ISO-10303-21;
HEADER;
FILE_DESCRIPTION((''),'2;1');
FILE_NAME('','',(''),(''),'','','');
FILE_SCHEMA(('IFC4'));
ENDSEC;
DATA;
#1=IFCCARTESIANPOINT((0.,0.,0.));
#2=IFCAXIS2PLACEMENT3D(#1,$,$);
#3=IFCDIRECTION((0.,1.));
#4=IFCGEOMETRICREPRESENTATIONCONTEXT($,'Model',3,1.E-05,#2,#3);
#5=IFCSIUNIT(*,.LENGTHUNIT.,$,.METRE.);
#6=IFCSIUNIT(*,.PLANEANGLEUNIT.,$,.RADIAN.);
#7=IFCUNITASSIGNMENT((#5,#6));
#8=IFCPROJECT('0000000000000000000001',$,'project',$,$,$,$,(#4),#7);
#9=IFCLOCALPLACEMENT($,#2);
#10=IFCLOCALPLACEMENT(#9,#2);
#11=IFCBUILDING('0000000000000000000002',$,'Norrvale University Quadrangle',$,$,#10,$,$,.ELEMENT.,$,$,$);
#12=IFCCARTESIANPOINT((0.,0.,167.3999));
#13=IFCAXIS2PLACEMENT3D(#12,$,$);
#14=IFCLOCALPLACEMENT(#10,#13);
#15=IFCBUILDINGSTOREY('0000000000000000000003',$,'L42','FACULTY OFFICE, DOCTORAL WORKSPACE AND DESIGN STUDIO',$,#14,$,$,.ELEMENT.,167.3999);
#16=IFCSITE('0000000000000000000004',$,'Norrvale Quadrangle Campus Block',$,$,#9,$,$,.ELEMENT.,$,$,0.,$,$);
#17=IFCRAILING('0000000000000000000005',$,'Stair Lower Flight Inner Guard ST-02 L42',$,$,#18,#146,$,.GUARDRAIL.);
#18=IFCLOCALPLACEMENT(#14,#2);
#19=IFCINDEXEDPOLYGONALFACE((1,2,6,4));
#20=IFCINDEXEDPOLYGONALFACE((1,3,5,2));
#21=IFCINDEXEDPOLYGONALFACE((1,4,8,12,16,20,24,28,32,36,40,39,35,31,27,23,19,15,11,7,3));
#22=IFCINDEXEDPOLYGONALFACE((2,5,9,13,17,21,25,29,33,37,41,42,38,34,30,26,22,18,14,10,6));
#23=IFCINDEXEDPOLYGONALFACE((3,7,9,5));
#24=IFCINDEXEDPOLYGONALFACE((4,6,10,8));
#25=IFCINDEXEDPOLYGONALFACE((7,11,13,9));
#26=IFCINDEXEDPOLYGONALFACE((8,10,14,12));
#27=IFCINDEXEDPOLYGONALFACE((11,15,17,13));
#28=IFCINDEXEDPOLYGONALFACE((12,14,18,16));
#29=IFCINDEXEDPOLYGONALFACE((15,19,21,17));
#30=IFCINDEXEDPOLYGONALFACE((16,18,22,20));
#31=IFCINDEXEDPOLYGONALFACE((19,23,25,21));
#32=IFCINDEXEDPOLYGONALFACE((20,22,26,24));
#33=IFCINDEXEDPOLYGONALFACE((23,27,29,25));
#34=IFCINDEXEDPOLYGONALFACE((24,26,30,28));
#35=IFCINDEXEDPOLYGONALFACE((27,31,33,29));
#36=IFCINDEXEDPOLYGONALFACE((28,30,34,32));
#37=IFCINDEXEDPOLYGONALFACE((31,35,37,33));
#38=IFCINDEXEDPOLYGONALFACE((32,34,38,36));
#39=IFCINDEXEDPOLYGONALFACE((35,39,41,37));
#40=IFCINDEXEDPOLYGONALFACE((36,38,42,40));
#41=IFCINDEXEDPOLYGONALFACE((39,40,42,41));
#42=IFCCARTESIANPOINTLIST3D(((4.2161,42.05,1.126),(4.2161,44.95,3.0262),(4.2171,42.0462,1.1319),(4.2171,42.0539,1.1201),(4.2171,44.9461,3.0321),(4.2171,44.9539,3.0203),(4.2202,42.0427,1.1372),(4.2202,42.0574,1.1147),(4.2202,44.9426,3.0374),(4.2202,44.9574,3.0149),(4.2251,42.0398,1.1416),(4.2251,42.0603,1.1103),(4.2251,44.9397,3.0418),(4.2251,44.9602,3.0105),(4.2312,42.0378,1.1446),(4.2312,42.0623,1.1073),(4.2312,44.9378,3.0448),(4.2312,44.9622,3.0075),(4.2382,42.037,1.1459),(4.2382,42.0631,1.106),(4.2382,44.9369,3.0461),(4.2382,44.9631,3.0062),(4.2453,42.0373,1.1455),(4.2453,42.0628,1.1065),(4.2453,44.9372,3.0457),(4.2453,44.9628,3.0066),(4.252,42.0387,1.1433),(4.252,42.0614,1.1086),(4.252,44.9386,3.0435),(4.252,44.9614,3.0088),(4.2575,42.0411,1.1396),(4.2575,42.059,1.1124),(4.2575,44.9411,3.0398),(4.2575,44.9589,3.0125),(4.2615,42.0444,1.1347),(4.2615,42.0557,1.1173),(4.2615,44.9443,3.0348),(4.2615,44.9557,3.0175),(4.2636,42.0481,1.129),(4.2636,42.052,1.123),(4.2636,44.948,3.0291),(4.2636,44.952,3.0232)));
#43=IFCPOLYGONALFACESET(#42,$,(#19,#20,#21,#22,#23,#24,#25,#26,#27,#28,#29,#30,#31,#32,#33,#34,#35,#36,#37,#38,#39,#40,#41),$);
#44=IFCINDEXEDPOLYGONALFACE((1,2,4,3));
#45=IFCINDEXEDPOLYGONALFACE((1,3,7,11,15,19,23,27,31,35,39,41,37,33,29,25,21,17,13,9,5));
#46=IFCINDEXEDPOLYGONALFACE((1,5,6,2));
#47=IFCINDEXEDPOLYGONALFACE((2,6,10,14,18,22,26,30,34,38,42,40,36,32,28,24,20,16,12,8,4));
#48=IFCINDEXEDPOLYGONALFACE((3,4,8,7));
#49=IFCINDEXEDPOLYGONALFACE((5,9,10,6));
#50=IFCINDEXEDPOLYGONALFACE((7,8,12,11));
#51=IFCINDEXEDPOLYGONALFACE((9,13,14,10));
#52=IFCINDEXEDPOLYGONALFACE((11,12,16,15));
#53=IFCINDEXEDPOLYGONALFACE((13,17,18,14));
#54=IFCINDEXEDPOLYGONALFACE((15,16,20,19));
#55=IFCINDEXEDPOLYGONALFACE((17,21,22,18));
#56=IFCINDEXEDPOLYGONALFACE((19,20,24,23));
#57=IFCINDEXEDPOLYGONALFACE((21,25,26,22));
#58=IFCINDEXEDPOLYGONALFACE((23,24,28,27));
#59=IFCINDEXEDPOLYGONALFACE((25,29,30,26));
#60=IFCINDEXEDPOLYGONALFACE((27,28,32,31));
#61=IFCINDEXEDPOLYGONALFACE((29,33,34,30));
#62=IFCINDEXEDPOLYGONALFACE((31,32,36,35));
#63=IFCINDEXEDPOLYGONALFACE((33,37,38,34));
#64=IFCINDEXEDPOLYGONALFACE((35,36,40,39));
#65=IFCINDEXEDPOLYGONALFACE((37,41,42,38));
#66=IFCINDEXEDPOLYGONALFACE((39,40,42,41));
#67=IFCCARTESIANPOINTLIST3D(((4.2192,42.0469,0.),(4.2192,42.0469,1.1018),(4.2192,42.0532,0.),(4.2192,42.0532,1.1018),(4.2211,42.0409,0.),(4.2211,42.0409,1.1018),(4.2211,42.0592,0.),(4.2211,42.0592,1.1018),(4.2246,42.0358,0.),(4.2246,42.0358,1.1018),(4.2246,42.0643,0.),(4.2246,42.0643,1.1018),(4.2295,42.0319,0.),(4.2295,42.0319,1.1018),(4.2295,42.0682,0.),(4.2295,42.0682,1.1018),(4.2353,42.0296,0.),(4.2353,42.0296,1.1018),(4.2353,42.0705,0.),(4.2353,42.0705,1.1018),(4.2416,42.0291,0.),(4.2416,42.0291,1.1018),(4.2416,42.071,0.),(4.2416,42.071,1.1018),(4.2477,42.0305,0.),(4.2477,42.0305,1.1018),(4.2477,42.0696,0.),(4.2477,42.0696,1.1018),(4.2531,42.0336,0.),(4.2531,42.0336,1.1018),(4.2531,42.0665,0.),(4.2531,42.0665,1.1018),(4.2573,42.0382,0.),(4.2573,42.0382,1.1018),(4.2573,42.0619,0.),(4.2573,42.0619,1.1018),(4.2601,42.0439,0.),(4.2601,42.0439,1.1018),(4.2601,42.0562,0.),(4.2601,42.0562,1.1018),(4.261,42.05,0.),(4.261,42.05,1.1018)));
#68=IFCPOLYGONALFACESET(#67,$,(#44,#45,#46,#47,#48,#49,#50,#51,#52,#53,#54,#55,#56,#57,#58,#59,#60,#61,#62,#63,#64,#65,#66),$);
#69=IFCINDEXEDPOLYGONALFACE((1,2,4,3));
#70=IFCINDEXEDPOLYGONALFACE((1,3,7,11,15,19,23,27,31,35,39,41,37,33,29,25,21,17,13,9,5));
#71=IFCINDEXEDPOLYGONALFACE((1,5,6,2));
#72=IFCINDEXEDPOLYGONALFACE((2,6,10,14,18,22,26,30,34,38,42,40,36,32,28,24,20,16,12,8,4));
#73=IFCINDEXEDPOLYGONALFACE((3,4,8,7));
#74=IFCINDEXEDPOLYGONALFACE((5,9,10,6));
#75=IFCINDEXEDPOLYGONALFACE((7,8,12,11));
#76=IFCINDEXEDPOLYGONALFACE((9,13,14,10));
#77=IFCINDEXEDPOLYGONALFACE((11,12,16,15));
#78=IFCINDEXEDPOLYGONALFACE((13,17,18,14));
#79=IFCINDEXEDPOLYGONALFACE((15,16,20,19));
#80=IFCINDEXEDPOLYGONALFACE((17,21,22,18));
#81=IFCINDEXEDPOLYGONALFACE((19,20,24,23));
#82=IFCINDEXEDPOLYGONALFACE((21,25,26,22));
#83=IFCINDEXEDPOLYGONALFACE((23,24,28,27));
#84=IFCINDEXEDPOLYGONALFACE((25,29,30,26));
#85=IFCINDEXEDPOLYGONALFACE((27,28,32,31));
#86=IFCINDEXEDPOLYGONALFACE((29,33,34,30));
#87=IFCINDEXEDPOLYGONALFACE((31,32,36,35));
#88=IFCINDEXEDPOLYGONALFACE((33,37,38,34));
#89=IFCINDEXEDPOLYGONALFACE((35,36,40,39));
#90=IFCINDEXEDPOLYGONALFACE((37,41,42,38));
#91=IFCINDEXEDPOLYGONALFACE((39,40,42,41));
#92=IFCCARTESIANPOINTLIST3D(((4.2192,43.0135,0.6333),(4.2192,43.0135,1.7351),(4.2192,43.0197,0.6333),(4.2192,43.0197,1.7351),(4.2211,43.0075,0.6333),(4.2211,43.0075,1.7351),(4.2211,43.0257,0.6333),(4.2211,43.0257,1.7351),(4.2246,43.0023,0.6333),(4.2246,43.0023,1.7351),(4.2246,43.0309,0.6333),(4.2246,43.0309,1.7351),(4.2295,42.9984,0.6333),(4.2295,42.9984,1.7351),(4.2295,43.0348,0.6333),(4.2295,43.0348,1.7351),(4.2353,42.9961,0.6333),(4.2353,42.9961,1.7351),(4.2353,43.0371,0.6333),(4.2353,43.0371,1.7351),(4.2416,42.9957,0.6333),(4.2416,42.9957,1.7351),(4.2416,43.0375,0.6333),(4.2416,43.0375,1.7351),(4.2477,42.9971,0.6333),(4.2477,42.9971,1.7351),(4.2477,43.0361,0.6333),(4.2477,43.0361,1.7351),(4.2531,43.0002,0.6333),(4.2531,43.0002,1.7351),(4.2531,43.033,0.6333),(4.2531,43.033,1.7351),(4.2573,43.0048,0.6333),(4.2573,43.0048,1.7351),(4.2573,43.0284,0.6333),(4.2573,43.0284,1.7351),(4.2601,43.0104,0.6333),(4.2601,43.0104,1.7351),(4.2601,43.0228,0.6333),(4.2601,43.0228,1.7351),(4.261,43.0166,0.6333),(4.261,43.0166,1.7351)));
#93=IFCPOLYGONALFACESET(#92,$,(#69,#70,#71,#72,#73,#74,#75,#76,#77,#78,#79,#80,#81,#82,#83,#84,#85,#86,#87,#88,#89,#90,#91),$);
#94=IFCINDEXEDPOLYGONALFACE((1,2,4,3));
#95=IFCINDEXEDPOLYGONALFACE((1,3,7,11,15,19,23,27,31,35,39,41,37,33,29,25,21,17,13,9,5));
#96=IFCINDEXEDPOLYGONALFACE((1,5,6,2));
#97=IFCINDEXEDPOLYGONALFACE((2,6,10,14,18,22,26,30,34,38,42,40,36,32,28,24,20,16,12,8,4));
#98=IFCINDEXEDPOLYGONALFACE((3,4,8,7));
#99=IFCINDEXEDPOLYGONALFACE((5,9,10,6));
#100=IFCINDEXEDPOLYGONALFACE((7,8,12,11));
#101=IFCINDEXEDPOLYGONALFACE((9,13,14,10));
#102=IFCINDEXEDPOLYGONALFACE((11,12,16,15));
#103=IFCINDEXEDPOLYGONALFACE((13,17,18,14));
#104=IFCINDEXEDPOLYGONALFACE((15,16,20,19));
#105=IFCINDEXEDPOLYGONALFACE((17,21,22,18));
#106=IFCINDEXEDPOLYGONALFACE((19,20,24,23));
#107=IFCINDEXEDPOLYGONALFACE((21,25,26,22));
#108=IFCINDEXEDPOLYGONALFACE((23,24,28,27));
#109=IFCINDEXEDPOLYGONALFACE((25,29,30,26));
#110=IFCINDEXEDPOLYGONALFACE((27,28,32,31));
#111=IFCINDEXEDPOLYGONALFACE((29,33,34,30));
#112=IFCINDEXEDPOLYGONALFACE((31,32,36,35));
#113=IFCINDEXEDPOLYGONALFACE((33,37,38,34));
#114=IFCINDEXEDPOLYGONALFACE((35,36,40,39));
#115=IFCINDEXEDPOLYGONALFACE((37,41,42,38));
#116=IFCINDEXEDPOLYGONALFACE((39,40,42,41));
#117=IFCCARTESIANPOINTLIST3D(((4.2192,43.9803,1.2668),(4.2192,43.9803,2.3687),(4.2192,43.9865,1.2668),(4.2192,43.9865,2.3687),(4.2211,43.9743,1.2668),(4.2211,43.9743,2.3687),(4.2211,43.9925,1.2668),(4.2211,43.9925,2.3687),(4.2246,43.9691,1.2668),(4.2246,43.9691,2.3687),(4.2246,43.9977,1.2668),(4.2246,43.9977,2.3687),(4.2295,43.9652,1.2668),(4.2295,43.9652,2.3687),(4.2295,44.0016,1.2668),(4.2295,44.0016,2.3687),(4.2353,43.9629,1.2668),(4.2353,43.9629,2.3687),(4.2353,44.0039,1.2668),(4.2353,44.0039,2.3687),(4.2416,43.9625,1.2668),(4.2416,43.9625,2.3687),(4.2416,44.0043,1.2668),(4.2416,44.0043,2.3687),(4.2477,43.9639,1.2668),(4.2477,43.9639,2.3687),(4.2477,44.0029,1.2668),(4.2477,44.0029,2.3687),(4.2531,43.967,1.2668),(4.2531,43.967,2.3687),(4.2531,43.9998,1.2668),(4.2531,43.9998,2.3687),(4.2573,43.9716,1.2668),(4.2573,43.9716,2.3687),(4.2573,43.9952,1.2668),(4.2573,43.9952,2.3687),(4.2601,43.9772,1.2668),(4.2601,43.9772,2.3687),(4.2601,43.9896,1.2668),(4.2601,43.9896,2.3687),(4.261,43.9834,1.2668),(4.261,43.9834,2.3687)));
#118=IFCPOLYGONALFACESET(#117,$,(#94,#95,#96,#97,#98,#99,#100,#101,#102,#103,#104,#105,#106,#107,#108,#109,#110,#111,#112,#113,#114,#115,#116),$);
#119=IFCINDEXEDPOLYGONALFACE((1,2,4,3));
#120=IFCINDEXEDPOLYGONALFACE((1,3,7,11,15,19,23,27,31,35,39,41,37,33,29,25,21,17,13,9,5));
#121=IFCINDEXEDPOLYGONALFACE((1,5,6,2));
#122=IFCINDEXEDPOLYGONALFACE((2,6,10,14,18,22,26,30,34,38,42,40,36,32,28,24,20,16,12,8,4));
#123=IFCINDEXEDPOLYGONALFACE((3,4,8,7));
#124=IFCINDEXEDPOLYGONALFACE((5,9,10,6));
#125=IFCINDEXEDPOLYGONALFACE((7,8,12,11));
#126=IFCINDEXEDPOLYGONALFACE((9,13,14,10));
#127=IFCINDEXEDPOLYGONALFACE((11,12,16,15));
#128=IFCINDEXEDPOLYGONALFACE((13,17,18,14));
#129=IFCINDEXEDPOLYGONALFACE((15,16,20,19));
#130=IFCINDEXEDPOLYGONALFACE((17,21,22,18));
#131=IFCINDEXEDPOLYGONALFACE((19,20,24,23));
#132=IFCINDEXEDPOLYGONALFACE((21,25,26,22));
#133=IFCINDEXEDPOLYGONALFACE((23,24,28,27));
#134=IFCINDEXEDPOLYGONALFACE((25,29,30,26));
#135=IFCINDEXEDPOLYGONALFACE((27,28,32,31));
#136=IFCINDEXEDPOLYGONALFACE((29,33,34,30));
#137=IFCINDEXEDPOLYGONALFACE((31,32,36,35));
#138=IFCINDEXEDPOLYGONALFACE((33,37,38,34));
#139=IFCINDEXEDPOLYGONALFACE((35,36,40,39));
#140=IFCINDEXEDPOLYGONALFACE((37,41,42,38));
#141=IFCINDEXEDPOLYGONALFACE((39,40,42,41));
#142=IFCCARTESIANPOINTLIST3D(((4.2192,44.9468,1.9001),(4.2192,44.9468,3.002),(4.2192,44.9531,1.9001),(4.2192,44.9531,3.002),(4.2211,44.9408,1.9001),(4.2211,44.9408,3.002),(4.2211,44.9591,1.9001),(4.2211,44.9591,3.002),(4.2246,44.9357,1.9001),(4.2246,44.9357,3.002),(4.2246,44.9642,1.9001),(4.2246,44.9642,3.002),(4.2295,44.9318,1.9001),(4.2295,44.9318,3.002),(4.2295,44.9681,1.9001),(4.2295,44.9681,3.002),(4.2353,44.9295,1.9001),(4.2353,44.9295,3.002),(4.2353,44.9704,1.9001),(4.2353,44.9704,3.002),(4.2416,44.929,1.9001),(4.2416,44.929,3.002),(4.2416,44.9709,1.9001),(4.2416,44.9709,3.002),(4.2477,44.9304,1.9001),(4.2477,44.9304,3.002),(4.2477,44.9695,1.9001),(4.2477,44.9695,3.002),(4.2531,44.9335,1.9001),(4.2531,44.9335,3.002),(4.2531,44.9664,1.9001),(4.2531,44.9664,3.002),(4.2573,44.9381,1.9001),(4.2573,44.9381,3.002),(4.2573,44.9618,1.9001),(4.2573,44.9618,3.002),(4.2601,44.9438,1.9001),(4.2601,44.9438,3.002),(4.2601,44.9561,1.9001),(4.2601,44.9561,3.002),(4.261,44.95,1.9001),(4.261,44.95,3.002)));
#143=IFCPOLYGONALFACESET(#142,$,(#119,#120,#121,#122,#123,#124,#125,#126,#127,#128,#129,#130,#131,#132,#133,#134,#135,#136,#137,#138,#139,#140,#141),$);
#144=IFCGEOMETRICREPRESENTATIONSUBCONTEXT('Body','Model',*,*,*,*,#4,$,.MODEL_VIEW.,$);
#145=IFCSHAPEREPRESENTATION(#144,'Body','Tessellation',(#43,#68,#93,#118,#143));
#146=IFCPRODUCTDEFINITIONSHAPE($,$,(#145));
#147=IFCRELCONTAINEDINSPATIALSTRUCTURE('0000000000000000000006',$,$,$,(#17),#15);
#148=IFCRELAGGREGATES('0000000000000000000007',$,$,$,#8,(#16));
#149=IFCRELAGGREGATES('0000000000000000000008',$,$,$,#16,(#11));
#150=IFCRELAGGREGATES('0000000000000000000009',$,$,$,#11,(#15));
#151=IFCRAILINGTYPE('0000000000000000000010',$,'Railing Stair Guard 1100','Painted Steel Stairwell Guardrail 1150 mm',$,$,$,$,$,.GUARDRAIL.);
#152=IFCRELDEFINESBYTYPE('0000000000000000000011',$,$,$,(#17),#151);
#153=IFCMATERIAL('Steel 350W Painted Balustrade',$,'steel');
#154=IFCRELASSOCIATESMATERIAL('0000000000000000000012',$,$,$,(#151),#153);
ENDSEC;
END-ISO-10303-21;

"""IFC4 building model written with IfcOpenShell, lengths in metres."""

from ifc_helpers import new_model, si_unit, direction, frame, origin, origin_2d, place, context, subcontext, project, spatial, circle, extrude, material, type_object, element, save


model = new_model("IFC4")

# Units and contexts
model_context = context("Model", 3, precision=1e-05, world=origin(), true_north=direction((0.0, 1.0)))
body_context = subcontext(model_context, "Body", "Model", "MODEL_VIEW")
ifc_project = project(units=[si_unit("LENGTHUNIT", "METRE"), si_unit("PLANEANGLEUNIT", "RADIAN")], contexts=[model_context])

# Site, building, storey
site_placement = place(None, origin())
site = spatial("IfcSite", under=ifc_project, at=site_placement, Name="Norrvale Quadrangle Campus Block", CompositionType="ELEMENT", RefElevation=0.0)
building_placement = place(site_placement, origin())
building = spatial("IfcBuilding", under=site, at=building_placement, Name="Norrvale University Quadrangle", CompositionType="ELEMENT")
storey_placement = place(building_placement, frame((0.0, 0.0, 167.3999)))
storey = spatial("IfcBuildingStorey", under=building, at=storey_placement, Name="L42", Description="FACULTY OFFICE, DOCTORAL WORKSPACE AND DESIGN STUDIO", CompositionType="ELEMENT", Elevation=167.3999)

# Railing
ifc_material_1 = material(Name="Steel 350W Painted Balustrade", Category="steel")
railing_type_1 = type_object("IfcRailingType", Name="Railing Stair Guard 1100", Description="Painted Steel Stairwell Guardrail 1150 mm", PredefinedType="GUARDRAIL", material=ifc_material_1)
railing_1_placement = place(storey_placement, frame((4.24, 42.05, 0.0)))
element("IfcRailing", 1, at=railing_1_placement, inside=storey, type_object=railing_type_1, Name="Stair Lower Flight Inner Guard ST-02 L42", PredefinedType="GUARDRAIL", context=body_context, shape_type="SweptSolid", body=[
    extrude(circle(Radius=0.0239, at=origin_2d()), frame((0.0, 0.0, 1.126), z_axis=(0.0, 0.836433, 0.548069), x_axis=(-1.0, 0.0, 0.0)), (0.0, 0.0, 1.0), 3.467),
    extrude(circle(Radius=0.021, at=origin_2d()), origin(), (0.0, 0.0, 1.0), 1.1018),
    extrude(circle(Radius=0.021, at=origin_2d()), frame((0.0, 0.9666, 0.6333)), (0.0, 0.0, 1.0), 1.1018),
    extrude(circle(Radius=0.021, at=origin_2d()), frame((0.0, 1.9333, 1.2668)), (0.0, 0.0, 1.0), 1.1018),
    extrude(circle(Radius=0.021, at=origin_2d()), frame((0.0, 2.8999, 1.9001)), (0.0, 0.0, 1.0), 1.1018),
])

save(model, "model.ifc")
